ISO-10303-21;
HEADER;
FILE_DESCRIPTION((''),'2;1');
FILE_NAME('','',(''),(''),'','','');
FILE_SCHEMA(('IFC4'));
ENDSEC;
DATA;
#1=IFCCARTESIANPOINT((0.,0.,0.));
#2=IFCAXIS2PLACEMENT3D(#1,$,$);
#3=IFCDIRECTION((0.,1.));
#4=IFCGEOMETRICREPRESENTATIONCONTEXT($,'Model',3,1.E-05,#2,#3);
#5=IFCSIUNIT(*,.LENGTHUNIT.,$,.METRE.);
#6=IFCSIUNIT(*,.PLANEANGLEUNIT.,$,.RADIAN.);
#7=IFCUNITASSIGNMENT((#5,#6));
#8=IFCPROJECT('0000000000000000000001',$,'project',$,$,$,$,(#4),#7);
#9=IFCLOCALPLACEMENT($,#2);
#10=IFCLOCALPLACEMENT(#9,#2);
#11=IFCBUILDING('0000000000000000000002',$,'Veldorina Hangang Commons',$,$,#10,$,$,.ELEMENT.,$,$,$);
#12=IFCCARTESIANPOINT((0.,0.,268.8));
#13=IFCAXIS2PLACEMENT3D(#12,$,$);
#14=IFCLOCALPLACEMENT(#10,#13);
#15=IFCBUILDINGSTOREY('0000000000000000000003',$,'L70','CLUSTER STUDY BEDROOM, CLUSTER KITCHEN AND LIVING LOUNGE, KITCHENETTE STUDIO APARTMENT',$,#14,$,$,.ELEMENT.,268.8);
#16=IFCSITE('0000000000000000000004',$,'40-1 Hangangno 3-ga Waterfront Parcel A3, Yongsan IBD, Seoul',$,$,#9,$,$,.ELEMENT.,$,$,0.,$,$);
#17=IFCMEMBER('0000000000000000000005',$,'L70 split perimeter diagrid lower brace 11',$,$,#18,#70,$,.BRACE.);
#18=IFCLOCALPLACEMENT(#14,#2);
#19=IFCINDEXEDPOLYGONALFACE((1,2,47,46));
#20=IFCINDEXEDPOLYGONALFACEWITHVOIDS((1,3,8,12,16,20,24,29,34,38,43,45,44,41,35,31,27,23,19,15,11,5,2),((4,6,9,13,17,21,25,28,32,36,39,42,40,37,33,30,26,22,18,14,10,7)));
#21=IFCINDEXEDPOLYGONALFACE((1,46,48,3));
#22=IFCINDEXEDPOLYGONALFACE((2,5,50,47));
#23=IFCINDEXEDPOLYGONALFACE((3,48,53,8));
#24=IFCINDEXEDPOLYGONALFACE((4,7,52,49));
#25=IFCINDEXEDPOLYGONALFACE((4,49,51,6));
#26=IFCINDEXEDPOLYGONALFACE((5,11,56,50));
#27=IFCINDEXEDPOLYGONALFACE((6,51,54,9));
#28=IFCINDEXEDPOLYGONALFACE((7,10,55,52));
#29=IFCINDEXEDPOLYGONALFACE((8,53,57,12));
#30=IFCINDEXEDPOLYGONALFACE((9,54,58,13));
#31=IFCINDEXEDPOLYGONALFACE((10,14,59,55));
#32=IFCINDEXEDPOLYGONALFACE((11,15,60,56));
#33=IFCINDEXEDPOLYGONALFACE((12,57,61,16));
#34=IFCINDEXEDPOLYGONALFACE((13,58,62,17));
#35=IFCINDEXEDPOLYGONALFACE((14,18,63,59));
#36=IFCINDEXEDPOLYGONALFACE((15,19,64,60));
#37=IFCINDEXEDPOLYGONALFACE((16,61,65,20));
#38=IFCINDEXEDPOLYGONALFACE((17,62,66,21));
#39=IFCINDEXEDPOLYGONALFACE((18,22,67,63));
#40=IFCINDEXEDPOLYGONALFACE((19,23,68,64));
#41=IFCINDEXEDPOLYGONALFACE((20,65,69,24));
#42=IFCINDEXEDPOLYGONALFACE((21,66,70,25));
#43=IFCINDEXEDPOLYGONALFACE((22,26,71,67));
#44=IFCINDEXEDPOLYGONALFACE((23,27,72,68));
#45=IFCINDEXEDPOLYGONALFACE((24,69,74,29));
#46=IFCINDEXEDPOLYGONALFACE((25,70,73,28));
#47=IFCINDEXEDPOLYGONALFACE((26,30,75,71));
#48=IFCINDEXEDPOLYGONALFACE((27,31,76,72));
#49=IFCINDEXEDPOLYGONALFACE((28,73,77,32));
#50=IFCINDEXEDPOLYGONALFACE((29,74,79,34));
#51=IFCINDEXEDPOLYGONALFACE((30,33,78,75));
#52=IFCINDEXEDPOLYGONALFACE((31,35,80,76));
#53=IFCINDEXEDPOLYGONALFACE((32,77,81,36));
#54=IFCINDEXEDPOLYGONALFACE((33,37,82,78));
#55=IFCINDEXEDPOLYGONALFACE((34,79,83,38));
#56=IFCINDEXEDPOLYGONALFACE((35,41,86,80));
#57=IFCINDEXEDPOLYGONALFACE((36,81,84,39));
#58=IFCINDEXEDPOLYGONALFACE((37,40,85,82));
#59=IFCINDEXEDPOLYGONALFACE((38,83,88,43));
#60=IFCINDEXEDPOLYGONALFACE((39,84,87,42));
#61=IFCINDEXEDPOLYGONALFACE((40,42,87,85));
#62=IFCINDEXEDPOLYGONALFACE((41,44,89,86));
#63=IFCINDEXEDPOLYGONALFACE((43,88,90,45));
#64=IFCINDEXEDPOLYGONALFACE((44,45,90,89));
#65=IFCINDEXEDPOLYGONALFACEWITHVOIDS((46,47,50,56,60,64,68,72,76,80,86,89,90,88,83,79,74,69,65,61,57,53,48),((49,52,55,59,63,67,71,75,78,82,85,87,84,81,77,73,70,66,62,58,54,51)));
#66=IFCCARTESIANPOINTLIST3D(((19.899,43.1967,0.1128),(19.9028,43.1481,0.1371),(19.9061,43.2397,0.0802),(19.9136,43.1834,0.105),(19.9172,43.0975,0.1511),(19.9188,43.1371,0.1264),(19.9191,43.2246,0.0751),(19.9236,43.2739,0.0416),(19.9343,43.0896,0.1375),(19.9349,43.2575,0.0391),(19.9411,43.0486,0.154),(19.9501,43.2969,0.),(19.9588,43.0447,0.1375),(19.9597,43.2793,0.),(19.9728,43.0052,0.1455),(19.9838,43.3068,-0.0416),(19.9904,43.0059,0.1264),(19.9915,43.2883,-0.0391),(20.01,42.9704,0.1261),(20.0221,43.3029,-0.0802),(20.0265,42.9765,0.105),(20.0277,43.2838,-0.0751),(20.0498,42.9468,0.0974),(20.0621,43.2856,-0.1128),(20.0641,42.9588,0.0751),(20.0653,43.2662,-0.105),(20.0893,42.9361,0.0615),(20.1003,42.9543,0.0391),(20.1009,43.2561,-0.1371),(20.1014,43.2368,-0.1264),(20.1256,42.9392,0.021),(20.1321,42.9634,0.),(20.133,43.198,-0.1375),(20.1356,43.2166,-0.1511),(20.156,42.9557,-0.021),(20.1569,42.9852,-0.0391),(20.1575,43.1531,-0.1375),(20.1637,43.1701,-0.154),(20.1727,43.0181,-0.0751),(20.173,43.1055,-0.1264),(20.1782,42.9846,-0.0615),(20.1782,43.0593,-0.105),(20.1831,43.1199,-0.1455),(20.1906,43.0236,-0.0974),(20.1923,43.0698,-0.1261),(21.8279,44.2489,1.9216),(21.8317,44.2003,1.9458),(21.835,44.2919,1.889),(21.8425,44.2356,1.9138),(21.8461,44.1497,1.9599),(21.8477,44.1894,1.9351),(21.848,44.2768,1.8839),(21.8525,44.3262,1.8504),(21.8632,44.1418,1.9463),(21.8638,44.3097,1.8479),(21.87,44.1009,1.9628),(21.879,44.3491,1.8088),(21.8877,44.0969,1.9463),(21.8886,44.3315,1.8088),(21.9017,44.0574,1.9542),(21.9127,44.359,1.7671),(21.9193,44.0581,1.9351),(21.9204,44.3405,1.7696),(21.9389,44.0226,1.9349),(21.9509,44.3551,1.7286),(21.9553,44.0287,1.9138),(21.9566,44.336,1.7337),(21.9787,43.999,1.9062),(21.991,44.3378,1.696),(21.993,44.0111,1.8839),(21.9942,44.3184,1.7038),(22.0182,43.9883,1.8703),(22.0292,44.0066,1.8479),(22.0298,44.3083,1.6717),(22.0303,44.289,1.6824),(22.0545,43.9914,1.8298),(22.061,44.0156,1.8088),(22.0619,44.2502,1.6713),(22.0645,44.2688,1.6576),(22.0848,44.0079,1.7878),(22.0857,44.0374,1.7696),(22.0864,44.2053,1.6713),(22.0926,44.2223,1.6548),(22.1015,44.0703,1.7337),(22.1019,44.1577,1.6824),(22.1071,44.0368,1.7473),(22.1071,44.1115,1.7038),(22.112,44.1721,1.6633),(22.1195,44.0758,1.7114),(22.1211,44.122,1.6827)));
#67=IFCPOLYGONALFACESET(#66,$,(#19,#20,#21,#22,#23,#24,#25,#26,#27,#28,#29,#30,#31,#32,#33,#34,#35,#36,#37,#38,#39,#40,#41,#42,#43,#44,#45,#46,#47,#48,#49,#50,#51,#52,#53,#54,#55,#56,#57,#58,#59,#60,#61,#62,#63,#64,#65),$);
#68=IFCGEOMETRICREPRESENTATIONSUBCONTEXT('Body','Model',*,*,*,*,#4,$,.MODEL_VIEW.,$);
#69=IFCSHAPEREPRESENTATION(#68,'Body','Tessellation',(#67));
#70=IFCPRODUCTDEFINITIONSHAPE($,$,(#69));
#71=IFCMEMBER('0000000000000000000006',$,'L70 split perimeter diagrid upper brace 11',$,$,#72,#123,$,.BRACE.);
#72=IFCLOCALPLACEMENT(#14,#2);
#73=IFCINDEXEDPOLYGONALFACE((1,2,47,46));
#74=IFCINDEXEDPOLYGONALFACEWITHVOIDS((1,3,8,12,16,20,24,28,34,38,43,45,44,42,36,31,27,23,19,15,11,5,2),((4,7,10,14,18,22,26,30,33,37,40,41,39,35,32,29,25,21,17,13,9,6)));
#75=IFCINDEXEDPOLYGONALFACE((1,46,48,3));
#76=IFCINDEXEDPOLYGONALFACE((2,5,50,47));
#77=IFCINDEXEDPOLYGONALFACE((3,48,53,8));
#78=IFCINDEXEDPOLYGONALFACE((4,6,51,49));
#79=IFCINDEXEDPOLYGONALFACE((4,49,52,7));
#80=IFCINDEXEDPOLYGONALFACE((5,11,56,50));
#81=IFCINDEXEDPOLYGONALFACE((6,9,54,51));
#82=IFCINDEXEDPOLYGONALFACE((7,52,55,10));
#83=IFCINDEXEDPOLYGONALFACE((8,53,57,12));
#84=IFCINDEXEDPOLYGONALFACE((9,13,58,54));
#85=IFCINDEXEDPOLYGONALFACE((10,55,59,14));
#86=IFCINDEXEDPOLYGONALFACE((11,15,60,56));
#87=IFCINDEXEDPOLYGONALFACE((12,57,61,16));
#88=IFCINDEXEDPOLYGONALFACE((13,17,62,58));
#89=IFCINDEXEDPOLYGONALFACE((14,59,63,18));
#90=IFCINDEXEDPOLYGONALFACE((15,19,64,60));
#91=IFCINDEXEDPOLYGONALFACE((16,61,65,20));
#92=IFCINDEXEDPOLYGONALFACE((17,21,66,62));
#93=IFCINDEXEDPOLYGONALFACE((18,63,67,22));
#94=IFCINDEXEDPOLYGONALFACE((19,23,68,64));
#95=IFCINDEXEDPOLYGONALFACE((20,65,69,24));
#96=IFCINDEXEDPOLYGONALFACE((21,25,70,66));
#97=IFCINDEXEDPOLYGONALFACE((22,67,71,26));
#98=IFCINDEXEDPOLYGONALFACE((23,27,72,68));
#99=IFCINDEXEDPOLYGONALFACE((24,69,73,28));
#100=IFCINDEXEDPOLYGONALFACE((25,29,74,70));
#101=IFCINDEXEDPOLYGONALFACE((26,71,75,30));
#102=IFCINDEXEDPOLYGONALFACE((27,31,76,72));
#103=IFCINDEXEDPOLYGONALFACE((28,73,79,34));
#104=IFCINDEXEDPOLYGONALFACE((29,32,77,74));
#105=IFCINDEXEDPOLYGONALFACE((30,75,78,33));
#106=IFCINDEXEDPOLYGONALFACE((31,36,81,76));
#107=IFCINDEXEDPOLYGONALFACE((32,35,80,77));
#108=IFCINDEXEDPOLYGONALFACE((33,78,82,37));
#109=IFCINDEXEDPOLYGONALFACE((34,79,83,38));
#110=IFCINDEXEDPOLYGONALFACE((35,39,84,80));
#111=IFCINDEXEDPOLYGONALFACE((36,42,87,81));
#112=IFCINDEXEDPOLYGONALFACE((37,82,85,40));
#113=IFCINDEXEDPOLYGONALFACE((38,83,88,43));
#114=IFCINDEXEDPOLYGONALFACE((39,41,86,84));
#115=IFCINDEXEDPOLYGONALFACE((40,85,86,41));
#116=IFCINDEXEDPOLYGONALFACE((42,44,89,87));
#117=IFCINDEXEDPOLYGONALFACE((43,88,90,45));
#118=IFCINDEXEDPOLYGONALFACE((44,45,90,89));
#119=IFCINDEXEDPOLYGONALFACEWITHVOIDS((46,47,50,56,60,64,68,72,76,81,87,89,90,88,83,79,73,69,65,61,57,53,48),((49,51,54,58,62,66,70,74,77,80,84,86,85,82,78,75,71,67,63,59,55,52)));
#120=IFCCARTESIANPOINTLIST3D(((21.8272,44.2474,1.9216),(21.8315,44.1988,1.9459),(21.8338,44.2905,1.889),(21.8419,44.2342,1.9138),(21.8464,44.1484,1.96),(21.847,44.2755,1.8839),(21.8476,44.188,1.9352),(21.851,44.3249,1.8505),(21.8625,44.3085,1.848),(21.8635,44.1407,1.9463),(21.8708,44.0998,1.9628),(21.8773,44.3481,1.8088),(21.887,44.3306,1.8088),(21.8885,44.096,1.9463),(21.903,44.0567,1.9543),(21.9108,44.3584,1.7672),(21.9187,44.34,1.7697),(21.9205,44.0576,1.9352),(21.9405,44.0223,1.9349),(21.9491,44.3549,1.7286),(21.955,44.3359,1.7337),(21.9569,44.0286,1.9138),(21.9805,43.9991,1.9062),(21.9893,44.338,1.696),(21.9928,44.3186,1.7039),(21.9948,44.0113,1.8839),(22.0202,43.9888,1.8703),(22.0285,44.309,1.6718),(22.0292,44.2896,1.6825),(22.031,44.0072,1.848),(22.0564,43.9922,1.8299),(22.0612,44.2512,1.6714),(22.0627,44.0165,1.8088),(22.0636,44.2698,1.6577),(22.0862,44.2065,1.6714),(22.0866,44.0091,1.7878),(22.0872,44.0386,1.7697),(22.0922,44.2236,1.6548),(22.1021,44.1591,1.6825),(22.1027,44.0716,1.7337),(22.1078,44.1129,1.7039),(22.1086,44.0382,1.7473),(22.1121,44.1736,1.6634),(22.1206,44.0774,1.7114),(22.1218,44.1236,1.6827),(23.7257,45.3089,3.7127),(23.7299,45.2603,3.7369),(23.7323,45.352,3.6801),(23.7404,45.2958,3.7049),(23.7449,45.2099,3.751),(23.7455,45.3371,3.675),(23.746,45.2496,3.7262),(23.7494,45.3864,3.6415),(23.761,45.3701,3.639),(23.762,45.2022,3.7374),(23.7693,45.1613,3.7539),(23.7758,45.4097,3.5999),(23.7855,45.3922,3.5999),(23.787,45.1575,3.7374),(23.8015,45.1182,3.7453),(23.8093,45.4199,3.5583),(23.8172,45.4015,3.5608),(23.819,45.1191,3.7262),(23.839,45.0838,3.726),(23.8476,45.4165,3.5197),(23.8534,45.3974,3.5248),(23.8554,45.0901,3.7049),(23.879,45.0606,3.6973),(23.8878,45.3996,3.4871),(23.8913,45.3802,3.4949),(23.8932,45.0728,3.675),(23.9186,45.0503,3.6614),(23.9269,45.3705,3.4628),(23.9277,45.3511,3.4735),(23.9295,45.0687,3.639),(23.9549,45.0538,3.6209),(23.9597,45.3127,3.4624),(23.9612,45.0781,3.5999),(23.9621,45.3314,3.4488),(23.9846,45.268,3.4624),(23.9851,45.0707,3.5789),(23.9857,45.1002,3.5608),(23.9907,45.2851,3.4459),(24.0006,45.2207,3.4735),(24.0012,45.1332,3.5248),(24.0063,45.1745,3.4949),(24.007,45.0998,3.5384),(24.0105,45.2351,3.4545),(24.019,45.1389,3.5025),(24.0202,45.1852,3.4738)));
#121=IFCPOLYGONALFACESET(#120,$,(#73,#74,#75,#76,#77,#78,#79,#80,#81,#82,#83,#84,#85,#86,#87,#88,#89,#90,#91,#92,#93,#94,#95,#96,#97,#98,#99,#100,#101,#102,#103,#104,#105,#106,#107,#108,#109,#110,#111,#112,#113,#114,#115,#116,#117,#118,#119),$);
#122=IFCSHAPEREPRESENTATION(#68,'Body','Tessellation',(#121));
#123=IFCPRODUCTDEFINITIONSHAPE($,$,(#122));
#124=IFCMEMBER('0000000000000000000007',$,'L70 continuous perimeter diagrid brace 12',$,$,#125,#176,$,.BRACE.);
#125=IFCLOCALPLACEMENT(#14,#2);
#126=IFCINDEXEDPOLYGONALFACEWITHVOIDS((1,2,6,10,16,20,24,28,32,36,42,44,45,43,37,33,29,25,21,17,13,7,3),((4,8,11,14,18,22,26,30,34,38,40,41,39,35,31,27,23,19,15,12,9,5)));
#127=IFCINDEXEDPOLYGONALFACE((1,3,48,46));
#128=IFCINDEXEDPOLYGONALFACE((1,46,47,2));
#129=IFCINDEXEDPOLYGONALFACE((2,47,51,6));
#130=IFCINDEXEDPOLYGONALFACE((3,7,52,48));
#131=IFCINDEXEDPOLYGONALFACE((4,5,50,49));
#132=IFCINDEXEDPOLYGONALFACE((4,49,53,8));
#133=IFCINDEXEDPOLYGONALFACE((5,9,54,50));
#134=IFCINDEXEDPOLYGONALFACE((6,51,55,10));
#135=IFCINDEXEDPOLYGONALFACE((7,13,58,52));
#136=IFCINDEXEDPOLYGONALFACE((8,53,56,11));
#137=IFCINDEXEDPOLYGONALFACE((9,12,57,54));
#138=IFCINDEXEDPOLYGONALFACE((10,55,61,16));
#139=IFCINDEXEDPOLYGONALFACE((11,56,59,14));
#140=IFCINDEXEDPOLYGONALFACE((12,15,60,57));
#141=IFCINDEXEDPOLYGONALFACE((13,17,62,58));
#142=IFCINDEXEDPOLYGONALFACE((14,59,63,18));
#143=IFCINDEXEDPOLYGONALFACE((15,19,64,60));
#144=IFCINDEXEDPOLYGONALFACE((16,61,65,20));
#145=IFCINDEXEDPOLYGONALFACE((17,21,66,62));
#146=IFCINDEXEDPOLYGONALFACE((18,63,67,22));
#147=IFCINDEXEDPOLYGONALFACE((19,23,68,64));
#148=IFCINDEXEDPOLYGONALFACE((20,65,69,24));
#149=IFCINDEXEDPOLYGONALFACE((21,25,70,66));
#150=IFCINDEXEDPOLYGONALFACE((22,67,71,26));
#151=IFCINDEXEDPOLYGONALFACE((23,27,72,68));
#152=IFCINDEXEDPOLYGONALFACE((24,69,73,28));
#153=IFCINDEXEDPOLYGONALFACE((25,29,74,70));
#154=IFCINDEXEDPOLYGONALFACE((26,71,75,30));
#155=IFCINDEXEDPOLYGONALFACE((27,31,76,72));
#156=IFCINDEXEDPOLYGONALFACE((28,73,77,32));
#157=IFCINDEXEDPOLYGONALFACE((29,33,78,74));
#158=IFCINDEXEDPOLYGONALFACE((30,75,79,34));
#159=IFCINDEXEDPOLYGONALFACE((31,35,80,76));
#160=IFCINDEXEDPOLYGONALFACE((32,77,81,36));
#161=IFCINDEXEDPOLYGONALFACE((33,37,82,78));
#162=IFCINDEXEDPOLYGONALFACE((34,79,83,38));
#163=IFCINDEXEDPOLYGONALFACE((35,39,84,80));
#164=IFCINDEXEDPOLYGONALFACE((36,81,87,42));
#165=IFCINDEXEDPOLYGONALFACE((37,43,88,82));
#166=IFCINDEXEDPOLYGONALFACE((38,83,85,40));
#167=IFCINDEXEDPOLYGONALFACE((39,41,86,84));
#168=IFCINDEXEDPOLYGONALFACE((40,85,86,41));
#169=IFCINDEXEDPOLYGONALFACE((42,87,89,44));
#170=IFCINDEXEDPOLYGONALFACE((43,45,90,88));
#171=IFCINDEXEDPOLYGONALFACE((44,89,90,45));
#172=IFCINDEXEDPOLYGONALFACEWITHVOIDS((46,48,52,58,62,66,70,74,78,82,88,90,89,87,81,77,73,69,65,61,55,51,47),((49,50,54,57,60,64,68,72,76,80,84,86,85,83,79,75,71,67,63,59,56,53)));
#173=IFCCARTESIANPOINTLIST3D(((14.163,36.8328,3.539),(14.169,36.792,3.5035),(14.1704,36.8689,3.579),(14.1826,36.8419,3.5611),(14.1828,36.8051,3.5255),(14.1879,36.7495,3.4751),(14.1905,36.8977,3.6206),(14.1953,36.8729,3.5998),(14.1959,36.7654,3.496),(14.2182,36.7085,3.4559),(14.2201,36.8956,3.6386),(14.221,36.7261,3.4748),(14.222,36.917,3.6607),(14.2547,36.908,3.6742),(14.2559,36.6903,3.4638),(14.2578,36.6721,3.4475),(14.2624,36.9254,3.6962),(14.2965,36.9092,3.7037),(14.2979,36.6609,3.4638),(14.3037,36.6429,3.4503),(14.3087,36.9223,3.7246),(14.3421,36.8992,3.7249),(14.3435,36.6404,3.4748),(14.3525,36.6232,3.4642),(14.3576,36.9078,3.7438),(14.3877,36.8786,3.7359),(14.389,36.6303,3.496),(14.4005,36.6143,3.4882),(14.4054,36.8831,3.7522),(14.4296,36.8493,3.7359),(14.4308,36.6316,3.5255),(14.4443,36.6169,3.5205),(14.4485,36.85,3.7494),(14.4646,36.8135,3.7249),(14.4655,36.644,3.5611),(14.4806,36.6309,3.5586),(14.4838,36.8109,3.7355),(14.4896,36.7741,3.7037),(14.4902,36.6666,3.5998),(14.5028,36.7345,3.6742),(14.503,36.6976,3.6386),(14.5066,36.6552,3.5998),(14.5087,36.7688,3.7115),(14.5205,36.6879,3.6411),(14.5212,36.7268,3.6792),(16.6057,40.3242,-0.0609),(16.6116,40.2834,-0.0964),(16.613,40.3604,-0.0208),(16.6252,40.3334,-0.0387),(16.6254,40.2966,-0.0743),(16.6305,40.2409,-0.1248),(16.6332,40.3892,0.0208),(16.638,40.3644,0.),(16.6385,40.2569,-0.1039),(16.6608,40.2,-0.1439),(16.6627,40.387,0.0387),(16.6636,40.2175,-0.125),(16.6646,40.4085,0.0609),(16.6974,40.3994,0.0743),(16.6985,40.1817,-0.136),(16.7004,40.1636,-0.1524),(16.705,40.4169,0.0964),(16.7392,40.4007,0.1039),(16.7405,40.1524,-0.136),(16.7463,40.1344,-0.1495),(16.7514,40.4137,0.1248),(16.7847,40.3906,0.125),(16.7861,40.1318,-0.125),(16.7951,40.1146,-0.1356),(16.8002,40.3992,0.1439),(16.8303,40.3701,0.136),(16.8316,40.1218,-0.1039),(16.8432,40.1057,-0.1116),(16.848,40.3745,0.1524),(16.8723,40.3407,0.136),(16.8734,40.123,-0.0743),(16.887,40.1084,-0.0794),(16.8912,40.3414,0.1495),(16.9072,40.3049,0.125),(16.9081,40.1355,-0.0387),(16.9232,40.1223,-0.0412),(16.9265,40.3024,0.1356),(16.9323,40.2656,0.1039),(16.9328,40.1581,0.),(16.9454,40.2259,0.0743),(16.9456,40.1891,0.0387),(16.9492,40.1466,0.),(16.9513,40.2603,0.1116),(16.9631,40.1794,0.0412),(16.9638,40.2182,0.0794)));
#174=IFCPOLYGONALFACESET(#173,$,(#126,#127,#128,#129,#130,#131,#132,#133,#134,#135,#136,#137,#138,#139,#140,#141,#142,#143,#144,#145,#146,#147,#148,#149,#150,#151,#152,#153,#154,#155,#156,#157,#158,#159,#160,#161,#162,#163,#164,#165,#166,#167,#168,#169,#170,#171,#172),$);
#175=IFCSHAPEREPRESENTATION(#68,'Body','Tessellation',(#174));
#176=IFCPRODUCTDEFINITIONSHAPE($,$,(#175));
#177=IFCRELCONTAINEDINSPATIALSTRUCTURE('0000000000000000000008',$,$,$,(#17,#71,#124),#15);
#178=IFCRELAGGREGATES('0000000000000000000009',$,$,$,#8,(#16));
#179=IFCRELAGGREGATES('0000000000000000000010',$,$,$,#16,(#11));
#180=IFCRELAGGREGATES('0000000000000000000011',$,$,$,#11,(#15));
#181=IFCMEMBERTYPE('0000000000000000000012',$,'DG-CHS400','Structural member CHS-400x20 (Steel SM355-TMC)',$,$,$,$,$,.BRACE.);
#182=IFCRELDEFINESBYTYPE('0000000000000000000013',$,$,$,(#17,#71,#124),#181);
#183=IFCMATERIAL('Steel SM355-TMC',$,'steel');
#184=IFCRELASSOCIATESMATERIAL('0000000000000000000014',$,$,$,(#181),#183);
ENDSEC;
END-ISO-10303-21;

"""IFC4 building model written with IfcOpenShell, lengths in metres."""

from ifc_helpers import new_model, si_unit, direction, frame, origin, origin_2d, place, context, subcontext, project, spatial, hollow_circle, extrude, material, material_profile, profile_set, type_object, element, save


model = new_model("IFC4")

# Units and contexts
model_context = context("Model", 3, precision=1e-05, world=origin(), true_north=direction((0.0, 1.0)))
body_context = subcontext(model_context, "Body", "Model", "MODEL_VIEW")
ifc_project = project(units=[si_unit("LENGTHUNIT", "METRE"), si_unit("PLANEANGLEUNIT", "RADIAN")], contexts=[model_context])

# Site, building, storey
site_placement = place(None, origin())
site = spatial("IfcSite", under=ifc_project, at=site_placement, Name="40-1 Hangangno 3-ga Waterfront Parcel A3, Yongsan IBD, Seoul", CompositionType="ELEMENT", RefElevation=0.0)
building_placement = place(site_placement, origin())
building = spatial("IfcBuilding", under=site, at=building_placement, Name="Veldorina Hangang Commons", CompositionType="ELEMENT")
storey_placement = place(building_placement, frame((0.0, 0.0, 268.8)))
storey = spatial("IfcBuildingStorey", under=building, at=storey_placement, Name="L70", Description="CLUSTER STUDY BEDROOM, CLUSTER KITCHEN AND LIVING LOUNGE, KITCHENETTE STUDIO APARTMENT", CompositionType="ELEMENT", Elevation=268.8)

# Shared definitions
ifc_material_1 = material(Name="Steel SM355-TMC", Category="steel")

# Members
ifc_material_profile_1 = material_profile(ifc_material_1, hollow_circle(Radius=0.2, WallThickness=0.02, at=origin_2d()), Name="CHS-400x20")
ifc_profile_set_1 = profile_set([ifc_material_profile_1], Name="Steel SM355-TMC")
member_type_1 = type_object("IfcMemberType", Name="DG-CHS400", Description="Structural member CHS-400x20 (Steel SM355-TMC)", PredefinedType="BRACE", material=ifc_profile_set_1)
member_1_placement = place(storey_placement, frame((20.0459, 43.1213, 0.0), z_axis=(0.677766, 0.369722, 0.635561), x_axis=(-0.478883, 0.877879, 0.0)))
element("IfcMember", 1, at=member_1_placement, inside=storey, type_object=member_type_1, Name="L70 split perimeter diagrid lower brace 11", PredefinedType="BRACE", context=body_context, shape_type="SweptSolid", body=[
    extrude(hollow_circle(Radius=0.2, WallThickness=0.02, at=origin_2d()), origin(), (0.0, 0.0, 1.0), 2.8459),
])
member_2_placement = place(storey_placement, frame((21.9749, 44.1736, 1.8088), z_axis=(0.673788, 0.376753, 0.635662), x_axis=(-0.488043, 0.87282, 0.0)))
element("IfcMember", 2, at=member_2_placement, inside=storey, type_object=member_type_1, Name="L70 split perimeter diagrid upper brace 11", PredefinedType="BRACE", context=body_context, shape_type="SweptSolid", body=[
    extrude(hollow_circle(Radius=0.2, WallThickness=0.02, at=origin_2d()), origin(), (0.0, 0.0, 1.0), 2.8176),
])
member_3_placement = place(storey_placement, frame((16.7854, 40.2612, 0.0), z_axis=(-0.437893, -0.625918, 0.64535), x_axis=(0.819385, -0.573243, 0.0)))
element("IfcMember", 3, at=member_3_placement, inside=storey, type_object=member_type_1, Name="L70 continuous perimeter diagrid brace 12", PredefinedType="BRACE", context=body_context, shape_type="SweptSolid", body=[
    extrude(hollow_circle(Radius=0.2, WallThickness=0.02, at=origin_2d()), origin(), (0.0, 0.0, 1.0), 5.5781),
])

save(model, "model.ifc")
